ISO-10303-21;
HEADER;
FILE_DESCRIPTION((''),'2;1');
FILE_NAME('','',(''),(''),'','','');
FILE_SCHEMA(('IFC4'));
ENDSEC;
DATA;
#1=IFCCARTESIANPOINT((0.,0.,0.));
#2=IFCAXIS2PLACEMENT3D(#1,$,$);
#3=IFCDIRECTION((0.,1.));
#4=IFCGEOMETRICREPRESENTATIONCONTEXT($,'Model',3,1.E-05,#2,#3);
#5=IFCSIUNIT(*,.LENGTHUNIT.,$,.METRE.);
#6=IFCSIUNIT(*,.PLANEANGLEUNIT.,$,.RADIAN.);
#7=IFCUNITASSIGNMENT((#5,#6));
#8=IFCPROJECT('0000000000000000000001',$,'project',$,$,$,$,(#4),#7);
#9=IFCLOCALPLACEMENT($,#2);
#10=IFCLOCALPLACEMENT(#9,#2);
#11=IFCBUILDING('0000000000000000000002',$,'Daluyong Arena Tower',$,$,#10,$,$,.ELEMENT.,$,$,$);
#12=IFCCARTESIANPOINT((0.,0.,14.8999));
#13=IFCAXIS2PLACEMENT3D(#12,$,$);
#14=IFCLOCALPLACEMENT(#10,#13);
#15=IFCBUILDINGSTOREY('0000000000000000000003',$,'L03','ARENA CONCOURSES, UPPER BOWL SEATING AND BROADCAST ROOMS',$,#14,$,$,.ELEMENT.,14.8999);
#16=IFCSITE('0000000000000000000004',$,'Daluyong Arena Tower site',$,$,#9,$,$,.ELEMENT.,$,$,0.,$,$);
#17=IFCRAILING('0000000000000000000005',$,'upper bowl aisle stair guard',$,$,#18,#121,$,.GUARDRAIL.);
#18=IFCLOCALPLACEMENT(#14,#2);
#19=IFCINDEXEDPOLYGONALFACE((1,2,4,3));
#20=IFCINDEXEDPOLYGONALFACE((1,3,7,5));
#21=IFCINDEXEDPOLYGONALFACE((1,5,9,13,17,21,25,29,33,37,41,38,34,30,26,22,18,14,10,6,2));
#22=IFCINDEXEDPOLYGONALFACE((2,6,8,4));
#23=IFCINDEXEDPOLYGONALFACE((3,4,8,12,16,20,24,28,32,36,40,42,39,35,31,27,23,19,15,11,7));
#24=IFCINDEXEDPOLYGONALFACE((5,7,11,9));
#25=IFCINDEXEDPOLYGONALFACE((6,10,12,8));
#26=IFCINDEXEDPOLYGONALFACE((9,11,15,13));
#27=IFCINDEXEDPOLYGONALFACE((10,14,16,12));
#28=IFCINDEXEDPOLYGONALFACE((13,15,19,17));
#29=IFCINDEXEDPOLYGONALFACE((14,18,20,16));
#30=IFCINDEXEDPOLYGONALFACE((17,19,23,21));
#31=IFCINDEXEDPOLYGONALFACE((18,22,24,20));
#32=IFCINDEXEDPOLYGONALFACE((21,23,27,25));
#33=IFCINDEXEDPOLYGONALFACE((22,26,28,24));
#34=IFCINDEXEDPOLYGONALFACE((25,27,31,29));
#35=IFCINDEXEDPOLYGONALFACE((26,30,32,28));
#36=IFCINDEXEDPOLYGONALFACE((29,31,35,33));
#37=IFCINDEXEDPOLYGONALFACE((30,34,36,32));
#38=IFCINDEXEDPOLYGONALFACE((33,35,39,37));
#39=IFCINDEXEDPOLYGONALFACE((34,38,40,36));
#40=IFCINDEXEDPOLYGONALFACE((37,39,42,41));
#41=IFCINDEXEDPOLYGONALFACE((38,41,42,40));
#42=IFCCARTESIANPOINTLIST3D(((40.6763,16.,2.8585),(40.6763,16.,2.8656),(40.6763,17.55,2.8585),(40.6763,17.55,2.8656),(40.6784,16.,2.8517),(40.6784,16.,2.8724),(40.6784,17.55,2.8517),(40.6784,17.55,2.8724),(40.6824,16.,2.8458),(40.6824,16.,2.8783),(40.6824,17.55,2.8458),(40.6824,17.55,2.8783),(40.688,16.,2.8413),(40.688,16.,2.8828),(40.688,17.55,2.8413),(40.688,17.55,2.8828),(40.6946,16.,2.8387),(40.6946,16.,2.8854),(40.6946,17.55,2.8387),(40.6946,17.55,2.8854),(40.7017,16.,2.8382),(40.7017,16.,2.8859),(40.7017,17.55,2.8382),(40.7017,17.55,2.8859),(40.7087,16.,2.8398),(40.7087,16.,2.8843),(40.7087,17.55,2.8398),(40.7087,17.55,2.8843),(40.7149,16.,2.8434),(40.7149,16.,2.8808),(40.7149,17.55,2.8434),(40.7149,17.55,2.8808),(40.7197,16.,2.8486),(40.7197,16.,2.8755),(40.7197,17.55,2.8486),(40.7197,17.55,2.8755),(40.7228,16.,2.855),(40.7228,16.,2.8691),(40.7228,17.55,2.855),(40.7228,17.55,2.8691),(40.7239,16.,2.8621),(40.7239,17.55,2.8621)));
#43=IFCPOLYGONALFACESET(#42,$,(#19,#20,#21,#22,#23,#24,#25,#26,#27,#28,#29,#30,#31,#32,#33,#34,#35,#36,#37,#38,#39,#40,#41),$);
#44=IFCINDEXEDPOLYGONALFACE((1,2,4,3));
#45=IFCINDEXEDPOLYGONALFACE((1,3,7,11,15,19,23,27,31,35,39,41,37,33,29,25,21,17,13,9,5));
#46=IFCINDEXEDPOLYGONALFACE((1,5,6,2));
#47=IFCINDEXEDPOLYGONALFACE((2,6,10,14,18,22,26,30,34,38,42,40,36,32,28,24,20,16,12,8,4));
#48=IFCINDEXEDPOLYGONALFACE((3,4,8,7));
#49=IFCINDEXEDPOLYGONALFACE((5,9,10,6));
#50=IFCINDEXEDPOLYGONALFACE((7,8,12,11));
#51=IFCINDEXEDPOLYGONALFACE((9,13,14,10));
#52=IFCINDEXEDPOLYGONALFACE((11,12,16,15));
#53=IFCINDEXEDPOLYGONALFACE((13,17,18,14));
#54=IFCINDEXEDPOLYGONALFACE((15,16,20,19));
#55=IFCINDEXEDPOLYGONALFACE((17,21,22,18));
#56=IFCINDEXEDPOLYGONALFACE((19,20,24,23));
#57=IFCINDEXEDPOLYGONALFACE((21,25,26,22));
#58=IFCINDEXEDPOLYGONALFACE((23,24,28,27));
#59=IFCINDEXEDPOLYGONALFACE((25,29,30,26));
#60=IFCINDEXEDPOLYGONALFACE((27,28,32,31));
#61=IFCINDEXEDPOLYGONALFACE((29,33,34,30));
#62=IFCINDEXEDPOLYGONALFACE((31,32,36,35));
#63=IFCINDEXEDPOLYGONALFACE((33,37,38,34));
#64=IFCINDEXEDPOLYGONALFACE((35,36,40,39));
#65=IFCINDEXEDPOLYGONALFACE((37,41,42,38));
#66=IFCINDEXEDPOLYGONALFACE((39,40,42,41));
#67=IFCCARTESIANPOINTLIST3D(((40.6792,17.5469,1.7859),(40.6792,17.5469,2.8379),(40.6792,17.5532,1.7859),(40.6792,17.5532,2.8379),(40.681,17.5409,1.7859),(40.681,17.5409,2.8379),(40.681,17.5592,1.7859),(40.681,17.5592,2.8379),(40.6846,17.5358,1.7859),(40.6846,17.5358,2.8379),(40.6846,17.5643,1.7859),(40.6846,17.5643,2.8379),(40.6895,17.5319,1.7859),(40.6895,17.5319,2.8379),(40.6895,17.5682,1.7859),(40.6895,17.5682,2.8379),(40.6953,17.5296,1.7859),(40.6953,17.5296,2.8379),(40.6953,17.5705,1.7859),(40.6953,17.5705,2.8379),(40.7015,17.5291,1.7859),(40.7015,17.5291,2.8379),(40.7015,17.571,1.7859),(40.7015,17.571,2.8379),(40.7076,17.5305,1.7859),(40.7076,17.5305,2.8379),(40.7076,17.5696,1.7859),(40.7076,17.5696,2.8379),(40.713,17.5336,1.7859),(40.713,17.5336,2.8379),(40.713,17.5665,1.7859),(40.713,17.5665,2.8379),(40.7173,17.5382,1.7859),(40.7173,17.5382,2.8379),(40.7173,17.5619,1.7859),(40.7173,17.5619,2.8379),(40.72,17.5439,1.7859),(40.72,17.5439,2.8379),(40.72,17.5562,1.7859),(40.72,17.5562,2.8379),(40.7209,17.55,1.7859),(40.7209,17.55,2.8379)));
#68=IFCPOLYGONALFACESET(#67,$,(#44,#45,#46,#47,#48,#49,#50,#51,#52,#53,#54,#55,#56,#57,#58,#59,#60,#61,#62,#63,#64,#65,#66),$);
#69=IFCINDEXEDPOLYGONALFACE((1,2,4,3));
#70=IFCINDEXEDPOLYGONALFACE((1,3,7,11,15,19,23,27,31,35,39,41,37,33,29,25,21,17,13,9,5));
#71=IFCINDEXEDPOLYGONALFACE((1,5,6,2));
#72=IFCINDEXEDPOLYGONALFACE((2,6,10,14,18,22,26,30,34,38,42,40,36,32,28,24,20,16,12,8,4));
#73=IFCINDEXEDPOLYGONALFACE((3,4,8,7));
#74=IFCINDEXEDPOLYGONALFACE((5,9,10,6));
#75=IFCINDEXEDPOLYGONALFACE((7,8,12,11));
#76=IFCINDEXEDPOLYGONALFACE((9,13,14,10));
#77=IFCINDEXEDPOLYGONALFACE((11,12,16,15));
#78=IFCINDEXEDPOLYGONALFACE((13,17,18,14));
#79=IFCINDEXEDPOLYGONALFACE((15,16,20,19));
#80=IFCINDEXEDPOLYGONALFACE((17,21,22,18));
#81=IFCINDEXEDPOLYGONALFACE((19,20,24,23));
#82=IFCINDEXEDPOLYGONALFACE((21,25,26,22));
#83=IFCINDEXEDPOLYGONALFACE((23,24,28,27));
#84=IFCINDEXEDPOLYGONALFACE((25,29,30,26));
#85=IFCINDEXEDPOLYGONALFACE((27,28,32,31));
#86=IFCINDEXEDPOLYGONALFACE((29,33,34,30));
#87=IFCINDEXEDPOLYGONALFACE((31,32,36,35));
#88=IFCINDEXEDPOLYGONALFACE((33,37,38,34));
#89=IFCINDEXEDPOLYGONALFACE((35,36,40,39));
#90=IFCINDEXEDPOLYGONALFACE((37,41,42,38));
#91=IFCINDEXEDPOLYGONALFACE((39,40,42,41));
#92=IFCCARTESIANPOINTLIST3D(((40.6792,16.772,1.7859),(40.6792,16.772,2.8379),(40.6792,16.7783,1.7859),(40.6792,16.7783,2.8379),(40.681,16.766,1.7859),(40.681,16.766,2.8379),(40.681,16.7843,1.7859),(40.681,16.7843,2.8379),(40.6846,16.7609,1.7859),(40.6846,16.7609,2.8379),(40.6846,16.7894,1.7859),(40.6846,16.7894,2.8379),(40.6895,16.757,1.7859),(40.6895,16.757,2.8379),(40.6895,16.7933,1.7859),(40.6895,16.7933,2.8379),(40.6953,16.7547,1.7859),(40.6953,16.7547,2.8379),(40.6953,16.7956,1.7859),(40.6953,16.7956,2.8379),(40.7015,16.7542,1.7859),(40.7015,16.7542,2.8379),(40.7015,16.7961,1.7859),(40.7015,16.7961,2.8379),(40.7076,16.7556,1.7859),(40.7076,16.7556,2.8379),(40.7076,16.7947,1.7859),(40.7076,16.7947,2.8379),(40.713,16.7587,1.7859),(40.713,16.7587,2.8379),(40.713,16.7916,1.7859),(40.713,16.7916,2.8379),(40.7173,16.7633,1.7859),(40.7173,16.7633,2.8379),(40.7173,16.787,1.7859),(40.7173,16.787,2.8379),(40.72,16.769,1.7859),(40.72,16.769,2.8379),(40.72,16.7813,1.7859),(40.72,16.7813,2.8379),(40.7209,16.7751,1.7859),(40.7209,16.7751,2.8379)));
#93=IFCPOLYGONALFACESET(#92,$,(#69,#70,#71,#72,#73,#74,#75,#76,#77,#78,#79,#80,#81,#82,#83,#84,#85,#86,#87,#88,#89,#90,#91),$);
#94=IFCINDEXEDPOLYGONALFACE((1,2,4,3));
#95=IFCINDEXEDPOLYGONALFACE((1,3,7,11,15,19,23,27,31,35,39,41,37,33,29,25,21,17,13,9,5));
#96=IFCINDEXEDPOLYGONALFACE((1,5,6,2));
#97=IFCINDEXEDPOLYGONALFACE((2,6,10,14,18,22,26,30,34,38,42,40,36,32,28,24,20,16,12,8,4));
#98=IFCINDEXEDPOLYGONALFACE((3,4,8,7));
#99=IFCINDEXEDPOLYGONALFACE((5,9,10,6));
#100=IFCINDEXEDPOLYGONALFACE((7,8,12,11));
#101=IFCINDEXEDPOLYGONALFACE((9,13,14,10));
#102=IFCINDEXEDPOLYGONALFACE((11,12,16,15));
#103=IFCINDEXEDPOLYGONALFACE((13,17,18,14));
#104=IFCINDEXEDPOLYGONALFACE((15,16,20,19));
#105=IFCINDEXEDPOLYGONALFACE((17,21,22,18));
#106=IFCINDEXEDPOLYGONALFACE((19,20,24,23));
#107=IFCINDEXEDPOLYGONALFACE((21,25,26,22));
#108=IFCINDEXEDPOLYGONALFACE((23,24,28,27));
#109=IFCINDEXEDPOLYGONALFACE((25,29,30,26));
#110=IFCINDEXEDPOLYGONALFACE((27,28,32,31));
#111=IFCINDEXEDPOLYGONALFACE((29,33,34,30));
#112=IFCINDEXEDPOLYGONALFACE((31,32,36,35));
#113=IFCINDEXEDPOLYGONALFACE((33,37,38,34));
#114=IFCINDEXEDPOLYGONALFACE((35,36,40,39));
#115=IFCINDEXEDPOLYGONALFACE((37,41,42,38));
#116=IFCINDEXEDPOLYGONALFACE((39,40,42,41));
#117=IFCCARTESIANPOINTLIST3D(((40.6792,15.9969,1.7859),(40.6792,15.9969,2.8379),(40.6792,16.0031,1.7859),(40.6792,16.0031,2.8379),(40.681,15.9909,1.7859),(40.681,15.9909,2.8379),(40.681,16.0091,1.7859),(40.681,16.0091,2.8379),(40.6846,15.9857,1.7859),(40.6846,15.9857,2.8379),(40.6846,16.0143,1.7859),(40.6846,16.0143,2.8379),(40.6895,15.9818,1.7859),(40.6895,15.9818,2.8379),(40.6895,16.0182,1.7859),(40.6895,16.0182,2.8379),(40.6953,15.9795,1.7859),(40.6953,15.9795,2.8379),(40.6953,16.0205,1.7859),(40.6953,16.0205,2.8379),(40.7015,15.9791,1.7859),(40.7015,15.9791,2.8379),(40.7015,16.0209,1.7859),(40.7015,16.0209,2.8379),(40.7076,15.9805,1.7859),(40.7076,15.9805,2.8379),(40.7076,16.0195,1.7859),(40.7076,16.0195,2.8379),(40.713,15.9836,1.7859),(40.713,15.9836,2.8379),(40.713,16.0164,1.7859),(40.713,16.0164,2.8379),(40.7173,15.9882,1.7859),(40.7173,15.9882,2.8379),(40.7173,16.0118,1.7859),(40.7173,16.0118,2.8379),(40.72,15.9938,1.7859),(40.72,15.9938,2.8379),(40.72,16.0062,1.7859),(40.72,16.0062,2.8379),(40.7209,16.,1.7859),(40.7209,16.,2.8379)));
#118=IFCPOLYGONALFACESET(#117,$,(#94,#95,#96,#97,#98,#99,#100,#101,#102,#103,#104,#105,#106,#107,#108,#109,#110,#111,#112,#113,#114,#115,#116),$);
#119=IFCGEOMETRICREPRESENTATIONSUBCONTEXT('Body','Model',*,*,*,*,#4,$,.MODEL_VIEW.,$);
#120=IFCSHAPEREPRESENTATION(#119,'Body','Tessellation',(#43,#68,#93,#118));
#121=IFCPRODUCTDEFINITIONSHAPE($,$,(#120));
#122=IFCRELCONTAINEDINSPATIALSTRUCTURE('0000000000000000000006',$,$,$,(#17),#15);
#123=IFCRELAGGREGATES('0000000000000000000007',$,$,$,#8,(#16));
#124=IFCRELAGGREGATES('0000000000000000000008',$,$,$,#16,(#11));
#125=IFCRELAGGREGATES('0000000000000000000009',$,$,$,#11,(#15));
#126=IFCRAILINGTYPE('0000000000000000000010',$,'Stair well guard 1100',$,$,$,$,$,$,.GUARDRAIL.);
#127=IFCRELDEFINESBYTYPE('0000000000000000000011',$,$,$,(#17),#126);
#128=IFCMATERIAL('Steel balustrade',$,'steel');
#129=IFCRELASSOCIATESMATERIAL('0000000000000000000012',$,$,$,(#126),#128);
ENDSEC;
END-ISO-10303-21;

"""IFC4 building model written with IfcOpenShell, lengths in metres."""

from ifc_helpers import new_model, si_unit, direction, frame, origin, origin_2d, place, context, subcontext, project, spatial, circle, extrude, material, type_object, element, save


model = new_model("IFC4")

# Units and contexts
model_context = context("Model", 3, precision=1e-05, world=origin(), true_north=direction((0.0, 1.0)))
body_context = subcontext(model_context, "Body", "Model", "MODEL_VIEW")
ifc_project = project(units=[si_unit("LENGTHUNIT", "METRE"), si_unit("PLANEANGLEUNIT", "RADIAN")], contexts=[model_context])

# Site, building, storey
site_placement = place(None, origin())
site = spatial("IfcSite", under=ifc_project, at=site_placement, Name="Daluyong Arena Tower site", CompositionType="ELEMENT", RefElevation=0.0)
building_placement = place(site_placement, origin())
building = spatial("IfcBuilding", under=site, at=building_placement, Name="Daluyong Arena Tower", CompositionType="ELEMENT")
storey_placement = place(building_placement, frame((0.0, 0.0, 14.8999)))
storey = spatial("IfcBuildingStorey", under=building, at=storey_placement, Name="L03", Description="ARENA CONCOURSES, UPPER BOWL SEATING AND BROADCAST ROOMS", CompositionType="ELEMENT", Elevation=14.8999)

# Railing
ifc_material_1 = material(Name="Steel balustrade", Category="steel")
railing_type_1 = type_object("IfcRailingType", Name="Stair well guard 1100", PredefinedType="GUARDRAIL", material=ifc_material_1)
railing_1_placement = place(storey_placement, frame((40.7, 17.55, 1.7859)))
element("IfcRailing", 1, at=railing_1_placement, inside=storey, type_object=railing_type_1, Name="upper bowl aisle stair guard", PredefinedType="GUARDRAIL", context=body_context, shape_type="SweptSolid", body=[
    extrude(circle(Radius=0.0239, at=origin_2d()), frame((0.0, 0.0, 1.0762), z_axis=(0.0, -1.0, 0.0), x_axis=(1.0, 0.0, 0.0)), (0.0, 0.0, 1.0), 1.55),
    extrude(circle(Radius=0.021, at=origin_2d()), origin(), (0.0, 0.0, 1.0), 1.052),
    extrude(circle(Radius=0.021, at=origin_2d()), frame((0.0, -0.7749, 0.0)), (0.0, 0.0, 1.0), 1.052),
    extrude(circle(Radius=0.021, at=origin_2d()), frame((0.0, -1.55, 0.0)), (0.0, 0.0, 1.0), 1.052),
])

save(model, "model.ifc")
